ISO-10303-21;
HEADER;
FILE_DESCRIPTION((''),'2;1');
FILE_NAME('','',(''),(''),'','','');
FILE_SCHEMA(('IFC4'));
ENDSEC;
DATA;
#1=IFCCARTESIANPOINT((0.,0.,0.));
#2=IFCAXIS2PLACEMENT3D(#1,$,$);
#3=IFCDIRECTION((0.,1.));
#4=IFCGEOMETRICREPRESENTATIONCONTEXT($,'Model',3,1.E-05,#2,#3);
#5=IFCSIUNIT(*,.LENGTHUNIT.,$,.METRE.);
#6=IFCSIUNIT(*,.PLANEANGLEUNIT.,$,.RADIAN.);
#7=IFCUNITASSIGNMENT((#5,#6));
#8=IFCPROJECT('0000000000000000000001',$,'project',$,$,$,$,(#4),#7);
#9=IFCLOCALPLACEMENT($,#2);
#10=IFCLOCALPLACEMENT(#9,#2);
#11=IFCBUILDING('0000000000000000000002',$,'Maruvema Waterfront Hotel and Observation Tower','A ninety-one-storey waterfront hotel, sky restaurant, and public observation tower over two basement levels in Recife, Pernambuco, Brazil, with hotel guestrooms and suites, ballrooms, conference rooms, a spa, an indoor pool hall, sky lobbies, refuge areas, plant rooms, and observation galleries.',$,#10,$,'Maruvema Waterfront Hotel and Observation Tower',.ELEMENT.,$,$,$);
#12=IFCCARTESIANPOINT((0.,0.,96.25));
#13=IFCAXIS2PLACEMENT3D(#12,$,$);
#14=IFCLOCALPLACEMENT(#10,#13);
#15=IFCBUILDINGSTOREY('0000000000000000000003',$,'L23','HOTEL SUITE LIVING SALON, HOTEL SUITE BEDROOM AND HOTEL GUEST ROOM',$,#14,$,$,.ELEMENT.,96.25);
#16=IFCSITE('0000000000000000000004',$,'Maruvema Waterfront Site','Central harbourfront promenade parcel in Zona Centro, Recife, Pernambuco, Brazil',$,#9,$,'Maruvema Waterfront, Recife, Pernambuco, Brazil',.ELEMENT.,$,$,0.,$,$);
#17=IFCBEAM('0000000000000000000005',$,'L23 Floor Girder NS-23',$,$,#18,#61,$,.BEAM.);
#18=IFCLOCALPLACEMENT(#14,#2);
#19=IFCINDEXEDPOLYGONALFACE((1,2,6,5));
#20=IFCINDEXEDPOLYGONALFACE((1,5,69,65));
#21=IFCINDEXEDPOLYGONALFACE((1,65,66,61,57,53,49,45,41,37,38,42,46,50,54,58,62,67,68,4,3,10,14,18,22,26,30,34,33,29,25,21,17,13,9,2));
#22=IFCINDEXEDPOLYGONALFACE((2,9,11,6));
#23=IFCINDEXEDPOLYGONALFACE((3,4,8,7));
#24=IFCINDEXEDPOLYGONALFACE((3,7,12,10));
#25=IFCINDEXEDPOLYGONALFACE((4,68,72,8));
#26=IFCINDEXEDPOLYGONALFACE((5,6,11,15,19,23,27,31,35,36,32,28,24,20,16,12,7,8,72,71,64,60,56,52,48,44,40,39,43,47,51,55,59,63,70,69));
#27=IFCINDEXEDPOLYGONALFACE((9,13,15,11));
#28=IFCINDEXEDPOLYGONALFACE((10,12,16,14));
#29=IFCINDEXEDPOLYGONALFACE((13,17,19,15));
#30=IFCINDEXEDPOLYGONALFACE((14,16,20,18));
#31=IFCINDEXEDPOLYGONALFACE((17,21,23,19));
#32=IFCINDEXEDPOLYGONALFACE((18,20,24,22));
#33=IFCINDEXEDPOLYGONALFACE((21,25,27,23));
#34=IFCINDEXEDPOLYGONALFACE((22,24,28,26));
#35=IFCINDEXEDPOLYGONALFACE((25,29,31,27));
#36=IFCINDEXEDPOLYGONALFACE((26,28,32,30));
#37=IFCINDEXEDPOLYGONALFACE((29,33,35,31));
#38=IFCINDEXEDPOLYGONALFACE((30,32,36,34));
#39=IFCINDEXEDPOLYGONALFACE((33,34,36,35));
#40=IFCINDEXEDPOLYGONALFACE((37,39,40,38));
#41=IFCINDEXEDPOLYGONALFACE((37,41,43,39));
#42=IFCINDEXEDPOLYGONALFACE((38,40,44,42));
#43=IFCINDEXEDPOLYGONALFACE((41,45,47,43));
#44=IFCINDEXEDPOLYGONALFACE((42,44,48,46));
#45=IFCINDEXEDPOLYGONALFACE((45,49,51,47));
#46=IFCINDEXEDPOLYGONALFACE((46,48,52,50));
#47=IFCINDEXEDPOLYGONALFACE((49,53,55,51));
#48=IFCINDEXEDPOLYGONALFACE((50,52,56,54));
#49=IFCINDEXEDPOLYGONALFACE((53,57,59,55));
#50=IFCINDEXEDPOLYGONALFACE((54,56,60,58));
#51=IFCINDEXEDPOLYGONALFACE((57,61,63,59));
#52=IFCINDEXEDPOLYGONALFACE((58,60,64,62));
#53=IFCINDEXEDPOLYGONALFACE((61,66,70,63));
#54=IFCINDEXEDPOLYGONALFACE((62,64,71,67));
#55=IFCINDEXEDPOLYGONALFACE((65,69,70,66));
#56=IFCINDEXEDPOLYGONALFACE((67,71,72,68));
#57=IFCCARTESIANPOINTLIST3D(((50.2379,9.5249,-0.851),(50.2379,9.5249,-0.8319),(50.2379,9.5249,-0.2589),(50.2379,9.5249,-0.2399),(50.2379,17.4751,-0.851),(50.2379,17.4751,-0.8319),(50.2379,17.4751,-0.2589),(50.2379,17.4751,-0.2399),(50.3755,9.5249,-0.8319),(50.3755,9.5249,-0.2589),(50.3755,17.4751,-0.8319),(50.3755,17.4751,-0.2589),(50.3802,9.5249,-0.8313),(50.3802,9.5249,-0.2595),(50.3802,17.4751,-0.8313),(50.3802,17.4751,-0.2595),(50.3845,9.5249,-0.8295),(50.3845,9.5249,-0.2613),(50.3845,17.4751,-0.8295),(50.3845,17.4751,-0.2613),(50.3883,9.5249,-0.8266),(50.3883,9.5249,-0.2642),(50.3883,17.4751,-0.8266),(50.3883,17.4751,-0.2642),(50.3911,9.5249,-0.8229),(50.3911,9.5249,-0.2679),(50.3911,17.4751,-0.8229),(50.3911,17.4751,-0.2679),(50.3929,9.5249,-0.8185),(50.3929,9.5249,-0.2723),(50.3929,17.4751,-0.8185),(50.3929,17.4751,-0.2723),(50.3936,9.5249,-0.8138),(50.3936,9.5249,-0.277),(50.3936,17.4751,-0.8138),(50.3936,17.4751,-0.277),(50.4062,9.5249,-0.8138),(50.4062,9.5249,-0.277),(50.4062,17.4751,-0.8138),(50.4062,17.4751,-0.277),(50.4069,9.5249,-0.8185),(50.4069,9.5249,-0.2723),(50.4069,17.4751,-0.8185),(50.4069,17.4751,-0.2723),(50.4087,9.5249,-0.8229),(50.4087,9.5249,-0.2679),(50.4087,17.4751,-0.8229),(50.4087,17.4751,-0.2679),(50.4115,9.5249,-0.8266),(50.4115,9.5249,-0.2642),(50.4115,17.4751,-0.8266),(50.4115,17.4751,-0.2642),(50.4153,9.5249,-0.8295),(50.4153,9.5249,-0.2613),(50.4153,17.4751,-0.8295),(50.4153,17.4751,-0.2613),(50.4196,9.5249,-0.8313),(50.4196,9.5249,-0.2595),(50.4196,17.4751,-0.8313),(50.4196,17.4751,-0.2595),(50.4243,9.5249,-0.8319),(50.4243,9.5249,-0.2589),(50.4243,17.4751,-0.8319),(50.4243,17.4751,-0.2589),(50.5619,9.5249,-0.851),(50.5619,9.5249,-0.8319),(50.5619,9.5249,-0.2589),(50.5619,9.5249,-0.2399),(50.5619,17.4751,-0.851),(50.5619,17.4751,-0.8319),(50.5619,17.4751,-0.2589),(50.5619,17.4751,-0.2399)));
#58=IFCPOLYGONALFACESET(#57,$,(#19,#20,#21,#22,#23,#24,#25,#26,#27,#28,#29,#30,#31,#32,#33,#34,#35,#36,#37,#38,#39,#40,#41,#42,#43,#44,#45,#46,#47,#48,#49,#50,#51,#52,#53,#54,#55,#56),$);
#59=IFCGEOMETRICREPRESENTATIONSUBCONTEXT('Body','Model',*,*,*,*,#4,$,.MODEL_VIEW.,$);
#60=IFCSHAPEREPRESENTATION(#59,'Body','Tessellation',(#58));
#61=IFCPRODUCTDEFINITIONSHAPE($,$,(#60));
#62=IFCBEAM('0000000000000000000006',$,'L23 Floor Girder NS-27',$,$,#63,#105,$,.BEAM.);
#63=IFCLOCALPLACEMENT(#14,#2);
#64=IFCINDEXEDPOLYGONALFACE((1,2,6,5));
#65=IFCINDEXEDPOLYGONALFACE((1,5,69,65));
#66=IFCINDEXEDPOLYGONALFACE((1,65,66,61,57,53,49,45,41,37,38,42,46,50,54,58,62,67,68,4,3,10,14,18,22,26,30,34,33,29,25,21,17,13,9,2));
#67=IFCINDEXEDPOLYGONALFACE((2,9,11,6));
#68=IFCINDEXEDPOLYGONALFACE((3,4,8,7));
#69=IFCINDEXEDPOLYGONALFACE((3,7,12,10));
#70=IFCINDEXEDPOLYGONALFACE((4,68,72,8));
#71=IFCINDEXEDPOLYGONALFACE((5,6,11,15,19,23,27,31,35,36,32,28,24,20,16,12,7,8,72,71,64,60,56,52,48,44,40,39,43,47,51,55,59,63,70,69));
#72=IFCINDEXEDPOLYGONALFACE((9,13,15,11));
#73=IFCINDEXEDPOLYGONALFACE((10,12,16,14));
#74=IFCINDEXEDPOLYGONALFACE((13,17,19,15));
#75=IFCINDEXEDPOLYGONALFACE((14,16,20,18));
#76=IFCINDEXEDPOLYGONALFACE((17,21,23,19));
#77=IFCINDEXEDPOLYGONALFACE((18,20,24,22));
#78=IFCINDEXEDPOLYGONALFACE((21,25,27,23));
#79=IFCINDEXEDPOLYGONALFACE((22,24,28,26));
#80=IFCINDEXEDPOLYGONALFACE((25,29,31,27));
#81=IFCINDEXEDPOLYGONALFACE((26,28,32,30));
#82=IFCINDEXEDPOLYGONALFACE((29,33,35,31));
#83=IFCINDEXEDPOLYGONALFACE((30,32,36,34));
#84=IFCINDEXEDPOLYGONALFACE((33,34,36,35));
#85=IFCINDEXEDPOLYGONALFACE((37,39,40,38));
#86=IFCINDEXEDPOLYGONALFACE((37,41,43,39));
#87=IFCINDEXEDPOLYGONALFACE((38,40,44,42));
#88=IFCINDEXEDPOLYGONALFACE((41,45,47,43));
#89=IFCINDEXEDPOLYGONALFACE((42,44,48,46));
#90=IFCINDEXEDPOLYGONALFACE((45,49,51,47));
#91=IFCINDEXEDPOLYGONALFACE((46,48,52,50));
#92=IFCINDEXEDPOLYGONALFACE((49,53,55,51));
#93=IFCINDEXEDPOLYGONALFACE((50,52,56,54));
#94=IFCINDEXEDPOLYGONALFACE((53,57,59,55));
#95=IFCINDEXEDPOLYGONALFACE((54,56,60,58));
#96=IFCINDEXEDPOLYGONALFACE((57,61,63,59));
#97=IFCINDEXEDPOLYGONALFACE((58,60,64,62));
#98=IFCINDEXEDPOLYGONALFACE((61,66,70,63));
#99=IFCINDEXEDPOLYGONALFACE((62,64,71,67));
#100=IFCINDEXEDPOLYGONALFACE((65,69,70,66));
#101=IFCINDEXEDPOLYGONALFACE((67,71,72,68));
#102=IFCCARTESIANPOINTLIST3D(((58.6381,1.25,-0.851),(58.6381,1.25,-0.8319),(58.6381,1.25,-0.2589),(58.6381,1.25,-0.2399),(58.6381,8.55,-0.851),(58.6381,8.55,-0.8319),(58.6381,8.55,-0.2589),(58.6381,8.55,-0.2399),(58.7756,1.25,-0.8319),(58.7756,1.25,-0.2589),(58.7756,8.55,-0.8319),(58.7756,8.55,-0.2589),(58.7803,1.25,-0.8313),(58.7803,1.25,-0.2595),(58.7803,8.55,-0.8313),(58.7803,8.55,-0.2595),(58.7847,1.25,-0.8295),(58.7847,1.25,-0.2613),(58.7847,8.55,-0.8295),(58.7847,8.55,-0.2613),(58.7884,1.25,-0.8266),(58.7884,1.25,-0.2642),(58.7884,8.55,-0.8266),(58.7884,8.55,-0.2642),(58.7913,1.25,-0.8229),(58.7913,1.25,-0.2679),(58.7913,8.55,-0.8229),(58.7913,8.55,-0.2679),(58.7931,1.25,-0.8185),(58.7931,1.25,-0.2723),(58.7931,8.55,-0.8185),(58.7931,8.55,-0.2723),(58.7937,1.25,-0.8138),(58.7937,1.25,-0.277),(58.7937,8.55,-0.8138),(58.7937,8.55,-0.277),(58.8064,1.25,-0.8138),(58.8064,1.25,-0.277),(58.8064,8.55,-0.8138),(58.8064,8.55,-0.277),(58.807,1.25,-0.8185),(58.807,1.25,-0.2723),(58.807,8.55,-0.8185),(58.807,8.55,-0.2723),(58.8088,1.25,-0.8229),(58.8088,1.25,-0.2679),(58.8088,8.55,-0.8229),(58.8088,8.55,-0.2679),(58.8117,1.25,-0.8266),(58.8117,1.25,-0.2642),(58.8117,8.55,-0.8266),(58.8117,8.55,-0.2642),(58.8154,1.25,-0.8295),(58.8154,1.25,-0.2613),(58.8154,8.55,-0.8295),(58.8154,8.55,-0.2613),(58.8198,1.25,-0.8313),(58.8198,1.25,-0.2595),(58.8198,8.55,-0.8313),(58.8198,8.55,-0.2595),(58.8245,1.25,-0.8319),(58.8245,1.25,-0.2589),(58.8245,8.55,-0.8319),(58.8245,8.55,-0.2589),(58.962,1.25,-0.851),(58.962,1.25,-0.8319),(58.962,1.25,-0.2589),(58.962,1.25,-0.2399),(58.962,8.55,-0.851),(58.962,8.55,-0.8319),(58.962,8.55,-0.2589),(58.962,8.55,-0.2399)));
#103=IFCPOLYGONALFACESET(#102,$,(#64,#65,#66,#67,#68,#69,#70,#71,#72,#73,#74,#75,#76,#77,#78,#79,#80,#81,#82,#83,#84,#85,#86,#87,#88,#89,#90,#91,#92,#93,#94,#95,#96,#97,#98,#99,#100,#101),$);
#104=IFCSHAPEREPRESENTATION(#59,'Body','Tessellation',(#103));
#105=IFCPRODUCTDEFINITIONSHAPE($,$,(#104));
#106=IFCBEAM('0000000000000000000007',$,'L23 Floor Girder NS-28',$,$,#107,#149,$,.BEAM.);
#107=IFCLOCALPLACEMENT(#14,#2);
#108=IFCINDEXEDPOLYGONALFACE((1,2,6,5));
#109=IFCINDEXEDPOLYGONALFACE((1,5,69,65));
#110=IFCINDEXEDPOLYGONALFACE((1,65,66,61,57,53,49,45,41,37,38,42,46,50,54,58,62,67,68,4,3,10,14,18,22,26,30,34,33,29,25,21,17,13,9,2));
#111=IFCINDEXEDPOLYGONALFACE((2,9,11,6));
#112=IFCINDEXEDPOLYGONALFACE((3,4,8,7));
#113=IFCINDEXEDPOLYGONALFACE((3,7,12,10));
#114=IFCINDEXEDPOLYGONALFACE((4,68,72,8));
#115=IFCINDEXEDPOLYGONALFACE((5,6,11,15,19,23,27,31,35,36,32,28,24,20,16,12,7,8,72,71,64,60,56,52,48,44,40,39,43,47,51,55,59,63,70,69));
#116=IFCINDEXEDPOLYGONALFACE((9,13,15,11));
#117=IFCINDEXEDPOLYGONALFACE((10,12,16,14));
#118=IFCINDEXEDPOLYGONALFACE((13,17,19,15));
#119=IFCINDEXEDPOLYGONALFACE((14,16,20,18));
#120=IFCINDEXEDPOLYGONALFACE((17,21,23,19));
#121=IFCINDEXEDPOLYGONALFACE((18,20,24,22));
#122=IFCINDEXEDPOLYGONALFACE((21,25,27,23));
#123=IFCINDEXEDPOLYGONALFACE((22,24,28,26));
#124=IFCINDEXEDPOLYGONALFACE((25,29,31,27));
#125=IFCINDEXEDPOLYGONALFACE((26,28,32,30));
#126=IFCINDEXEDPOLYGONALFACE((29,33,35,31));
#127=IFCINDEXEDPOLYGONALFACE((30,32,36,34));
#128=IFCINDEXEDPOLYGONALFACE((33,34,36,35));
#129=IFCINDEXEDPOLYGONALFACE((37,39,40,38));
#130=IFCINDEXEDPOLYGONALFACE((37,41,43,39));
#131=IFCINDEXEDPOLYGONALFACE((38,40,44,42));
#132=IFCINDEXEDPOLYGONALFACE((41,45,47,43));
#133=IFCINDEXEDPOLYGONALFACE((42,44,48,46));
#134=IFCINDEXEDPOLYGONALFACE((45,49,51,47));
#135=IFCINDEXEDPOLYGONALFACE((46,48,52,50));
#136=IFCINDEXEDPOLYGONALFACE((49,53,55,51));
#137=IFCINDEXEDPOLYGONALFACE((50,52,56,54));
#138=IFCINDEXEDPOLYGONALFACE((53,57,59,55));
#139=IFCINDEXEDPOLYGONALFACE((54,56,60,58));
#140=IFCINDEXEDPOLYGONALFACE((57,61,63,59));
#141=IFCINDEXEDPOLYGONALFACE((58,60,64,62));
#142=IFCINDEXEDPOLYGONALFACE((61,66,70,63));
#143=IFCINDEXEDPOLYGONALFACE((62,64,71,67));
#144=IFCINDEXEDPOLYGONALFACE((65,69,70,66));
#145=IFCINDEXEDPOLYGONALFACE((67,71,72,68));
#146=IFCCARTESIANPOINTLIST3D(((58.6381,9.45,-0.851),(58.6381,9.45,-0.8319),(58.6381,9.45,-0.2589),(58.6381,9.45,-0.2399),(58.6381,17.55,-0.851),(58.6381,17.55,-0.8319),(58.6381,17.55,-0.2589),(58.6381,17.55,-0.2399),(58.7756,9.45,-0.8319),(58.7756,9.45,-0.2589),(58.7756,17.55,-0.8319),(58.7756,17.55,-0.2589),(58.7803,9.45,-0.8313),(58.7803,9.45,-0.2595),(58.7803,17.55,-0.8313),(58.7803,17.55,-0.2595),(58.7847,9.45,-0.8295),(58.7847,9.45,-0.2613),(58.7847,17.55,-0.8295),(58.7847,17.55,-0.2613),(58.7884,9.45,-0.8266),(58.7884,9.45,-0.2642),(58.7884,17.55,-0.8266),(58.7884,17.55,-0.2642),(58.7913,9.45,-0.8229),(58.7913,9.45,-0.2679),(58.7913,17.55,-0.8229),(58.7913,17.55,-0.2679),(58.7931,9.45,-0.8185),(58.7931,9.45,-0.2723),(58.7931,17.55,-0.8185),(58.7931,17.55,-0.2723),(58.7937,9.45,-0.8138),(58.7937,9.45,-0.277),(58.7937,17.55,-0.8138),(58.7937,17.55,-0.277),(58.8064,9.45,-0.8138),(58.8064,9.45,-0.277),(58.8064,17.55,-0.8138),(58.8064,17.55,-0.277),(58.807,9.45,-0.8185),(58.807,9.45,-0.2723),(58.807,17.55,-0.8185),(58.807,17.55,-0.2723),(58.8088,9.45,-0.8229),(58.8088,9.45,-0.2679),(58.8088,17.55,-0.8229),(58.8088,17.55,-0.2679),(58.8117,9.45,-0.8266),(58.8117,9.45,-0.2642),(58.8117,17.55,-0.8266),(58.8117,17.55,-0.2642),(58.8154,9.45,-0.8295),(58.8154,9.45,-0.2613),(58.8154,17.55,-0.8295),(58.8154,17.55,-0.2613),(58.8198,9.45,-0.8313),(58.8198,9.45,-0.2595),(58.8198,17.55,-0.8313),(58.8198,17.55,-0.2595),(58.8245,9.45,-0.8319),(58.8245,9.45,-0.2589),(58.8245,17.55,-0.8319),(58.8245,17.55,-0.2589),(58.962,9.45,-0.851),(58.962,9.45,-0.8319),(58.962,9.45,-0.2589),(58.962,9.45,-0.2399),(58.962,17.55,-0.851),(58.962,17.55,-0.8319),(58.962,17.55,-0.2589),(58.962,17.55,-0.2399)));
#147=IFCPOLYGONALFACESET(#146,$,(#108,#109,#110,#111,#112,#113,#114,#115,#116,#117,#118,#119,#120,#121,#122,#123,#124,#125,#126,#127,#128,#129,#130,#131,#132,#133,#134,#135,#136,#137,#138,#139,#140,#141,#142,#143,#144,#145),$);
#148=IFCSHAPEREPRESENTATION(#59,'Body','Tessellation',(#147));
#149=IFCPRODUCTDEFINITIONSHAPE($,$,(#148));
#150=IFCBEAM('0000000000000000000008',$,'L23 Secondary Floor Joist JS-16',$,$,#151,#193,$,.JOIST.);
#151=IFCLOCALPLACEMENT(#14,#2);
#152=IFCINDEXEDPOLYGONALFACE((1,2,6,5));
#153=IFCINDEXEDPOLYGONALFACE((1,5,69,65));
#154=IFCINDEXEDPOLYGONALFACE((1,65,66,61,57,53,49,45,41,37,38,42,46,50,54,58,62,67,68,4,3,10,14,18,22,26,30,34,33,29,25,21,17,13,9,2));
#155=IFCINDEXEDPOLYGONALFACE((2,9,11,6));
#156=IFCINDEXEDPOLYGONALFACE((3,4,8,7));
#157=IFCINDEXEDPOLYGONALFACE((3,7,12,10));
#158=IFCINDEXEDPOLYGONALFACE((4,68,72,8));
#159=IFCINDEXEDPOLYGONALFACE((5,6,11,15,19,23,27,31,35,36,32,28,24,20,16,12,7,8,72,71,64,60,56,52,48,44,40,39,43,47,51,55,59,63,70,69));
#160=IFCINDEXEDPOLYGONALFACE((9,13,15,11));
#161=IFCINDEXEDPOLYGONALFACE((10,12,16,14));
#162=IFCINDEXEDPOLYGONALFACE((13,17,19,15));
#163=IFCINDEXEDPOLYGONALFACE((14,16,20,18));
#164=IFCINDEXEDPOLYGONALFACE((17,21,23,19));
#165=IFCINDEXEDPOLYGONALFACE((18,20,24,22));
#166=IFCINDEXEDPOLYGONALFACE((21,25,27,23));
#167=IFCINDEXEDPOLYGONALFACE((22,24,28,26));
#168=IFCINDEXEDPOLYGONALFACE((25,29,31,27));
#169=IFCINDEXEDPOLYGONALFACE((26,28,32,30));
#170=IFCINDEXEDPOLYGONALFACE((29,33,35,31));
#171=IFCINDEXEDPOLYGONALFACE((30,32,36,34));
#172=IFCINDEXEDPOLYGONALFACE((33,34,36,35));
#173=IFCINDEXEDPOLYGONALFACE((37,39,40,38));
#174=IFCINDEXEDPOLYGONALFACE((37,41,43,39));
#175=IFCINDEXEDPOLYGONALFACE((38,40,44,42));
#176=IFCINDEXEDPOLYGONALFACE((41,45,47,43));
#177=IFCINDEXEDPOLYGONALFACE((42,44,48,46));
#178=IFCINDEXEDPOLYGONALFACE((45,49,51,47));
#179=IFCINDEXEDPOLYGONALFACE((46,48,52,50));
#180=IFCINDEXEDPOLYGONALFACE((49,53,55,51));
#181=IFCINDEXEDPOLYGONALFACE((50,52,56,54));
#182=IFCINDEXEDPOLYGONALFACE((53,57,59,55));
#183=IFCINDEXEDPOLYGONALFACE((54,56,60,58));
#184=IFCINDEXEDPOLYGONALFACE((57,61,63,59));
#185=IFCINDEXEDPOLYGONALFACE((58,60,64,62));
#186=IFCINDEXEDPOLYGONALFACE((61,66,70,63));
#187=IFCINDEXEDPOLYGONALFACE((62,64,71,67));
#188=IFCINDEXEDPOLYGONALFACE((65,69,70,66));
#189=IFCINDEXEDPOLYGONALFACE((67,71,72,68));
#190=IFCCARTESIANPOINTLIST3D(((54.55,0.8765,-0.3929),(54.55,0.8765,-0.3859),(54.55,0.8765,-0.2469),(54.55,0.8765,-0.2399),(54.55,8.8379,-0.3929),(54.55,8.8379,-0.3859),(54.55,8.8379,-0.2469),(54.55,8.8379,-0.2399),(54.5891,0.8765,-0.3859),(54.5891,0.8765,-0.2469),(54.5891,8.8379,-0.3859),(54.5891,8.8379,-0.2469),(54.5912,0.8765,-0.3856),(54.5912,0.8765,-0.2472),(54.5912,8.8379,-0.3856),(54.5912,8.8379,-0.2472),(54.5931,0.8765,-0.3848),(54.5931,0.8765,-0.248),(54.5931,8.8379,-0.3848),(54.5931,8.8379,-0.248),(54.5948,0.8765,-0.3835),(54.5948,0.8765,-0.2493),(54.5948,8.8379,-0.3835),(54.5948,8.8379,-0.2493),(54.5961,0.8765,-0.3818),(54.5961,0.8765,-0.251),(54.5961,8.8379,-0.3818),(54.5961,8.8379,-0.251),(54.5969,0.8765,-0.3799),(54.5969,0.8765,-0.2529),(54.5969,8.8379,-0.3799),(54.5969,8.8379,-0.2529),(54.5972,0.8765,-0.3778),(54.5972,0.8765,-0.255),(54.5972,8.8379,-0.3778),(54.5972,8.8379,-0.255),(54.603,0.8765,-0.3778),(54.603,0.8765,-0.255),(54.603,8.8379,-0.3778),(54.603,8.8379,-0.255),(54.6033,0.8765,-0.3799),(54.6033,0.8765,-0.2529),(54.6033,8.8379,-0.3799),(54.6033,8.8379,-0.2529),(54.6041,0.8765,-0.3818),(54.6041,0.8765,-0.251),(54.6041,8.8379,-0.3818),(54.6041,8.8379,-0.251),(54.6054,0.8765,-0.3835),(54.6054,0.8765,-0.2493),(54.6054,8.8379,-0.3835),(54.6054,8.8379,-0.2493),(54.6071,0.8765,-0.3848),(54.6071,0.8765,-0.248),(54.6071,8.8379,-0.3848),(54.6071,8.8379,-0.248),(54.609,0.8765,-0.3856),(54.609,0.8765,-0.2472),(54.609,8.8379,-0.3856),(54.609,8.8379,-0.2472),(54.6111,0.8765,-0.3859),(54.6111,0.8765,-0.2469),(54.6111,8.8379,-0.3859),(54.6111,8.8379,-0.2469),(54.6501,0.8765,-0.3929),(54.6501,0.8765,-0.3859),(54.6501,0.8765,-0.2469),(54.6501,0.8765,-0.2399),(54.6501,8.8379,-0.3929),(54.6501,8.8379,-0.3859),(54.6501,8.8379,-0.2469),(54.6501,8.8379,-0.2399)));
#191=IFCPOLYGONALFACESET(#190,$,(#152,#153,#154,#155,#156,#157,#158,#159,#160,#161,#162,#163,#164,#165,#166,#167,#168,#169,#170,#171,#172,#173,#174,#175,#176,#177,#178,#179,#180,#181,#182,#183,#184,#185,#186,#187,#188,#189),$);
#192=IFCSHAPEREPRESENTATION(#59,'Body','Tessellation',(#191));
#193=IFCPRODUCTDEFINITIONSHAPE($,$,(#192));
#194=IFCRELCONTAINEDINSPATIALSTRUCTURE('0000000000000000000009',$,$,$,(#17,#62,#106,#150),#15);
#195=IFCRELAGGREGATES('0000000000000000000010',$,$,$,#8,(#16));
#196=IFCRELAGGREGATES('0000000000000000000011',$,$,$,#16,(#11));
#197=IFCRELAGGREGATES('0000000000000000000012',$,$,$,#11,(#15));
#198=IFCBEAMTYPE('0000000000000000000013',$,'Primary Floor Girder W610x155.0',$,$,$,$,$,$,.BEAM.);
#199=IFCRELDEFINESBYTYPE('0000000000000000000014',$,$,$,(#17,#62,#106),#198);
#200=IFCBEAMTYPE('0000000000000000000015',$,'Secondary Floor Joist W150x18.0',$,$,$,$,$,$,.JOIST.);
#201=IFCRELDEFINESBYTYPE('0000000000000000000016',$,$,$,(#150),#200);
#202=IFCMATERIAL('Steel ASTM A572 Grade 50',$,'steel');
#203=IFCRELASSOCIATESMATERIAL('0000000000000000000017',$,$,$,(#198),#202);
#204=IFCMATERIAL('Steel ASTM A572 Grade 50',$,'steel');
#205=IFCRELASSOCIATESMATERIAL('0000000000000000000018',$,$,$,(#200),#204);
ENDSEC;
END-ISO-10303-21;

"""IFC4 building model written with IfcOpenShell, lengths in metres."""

from ifc_helpers import new_model, si_unit, direction, frame, origin, origin_2d, place, context, subcontext, project, spatial, i_section, extrude, material, material_profile, profile_set, type_object, element, save


model = new_model("IFC4")

# Units and contexts
model_context = context("Model", 3, precision=1e-05, world=origin(), true_north=direction((0.0, 1.0)))
body_context = subcontext(model_context, "Body", "Model", "MODEL_VIEW")
ifc_project = project(units=[si_unit("LENGTHUNIT", "METRE"), si_unit("PLANEANGLEUNIT", "RADIAN")], contexts=[model_context])

# Site, building, storey
site_placement = place(None, origin())
site = spatial("IfcSite", under=ifc_project, at=site_placement, Name="Maruvema Waterfront Site", Description="Central harbourfront promenade parcel in Zona Centro, Recife, Pernambuco, Brazil", LongName="Maruvema Waterfront, Recife, Pernambuco, Brazil", CompositionType="ELEMENT", RefElevation=0.0)
building_placement = place(site_placement, origin())
building = spatial("IfcBuilding", under=site, at=building_placement, Name="Maruvema Waterfront Hotel and Observation Tower", Description="A ninety-one-storey waterfront hotel, sky restaurant, and public observation tower over two basement levels in Recife, Pernambuco, Brazil, with hotel guestrooms and suites, ballrooms, conference rooms, a spa, an indoor pool hall, sky lobbies, refuge areas, plant rooms, and observation galleries.", LongName="Maruvema Waterfront Hotel and Observation Tower", CompositionType="ELEMENT")
storey_placement = place(building_placement, frame((0.0, 0.0, 96.25)))
storey = spatial("IfcBuildingStorey", under=building, at=storey_placement, Name="L23", Description="HOTEL SUITE LIVING SALON, HOTEL SUITE BEDROOM AND HOTEL GUEST ROOM", CompositionType="ELEMENT", Elevation=96.25)

# Beams
ifc_material_1 = material(Name="Steel ASTM A572 Grade 50", Category="steel")
ifc_material_profile_1 = material_profile(ifc_material_1, i_section(OverallWidth=0.324, OverallDepth=0.6111, WebThickness=0.0127, FlangeThickness=0.019, FilletRadius=0.0181, at=origin_2d()), Name="W610x155.0")
ifc_profile_set_1 = profile_set([ifc_material_profile_1], Name="Steel ASTM A572 Grade 50")
beam_type_1 = type_object("IfcBeamType", Name="Primary Floor Girder W610x155.0", PredefinedType="BEAM", material=ifc_profile_set_1)
beam_1_placement = place(storey_placement, frame((50.3999, 9.5249, -0.5454), z_axis=(0.0, 1.0, 0.0), x_axis=(-1.0, 0.0, 0.0)))
element("IfcBeam", 1, at=beam_1_placement, inside=storey, type_object=beam_type_1, Name="L23 Floor Girder NS-23", PredefinedType="BEAM", context=body_context, shape_type="SweptSolid", body=[
    extrude(i_section(OverallWidth=0.324, OverallDepth=0.6111, WebThickness=0.0127, FlangeThickness=0.019, FilletRadius=0.0181, at=origin_2d()), origin(), (0.0, 0.0, 1.0), 7.9502),
])
beam_2_placement = place(storey_placement, frame((58.8, 1.25, -0.5454), z_axis=(0.0, 1.0, 0.0), x_axis=(-1.0, 0.0, 0.0)))
element("IfcBeam", 2, at=beam_2_placement, inside=storey, type_object=beam_type_1, Name="L23 Floor Girder NS-27", PredefinedType="BEAM", context=body_context, shape_type="SweptSolid", body=[
    extrude(i_section(OverallWidth=0.324, OverallDepth=0.6111, WebThickness=0.0127, FlangeThickness=0.019, FilletRadius=0.0181, at=origin_2d()), origin(), (0.0, 0.0, 1.0), 7.3),
])
beam_3_placement = place(storey_placement, frame((58.8, 9.45, -0.5454), z_axis=(0.0, 1.0, 0.0), x_axis=(-1.0, 0.0, 0.0)))
element("IfcBeam", 3, at=beam_3_placement, inside=storey, type_object=beam_type_1, Name="L23 Floor Girder NS-28", PredefinedType="BEAM", context=body_context, shape_type="SweptSolid", body=[
    extrude(i_section(OverallWidth=0.324, OverallDepth=0.6111, WebThickness=0.0127, FlangeThickness=0.019, FilletRadius=0.0181, at=origin_2d()), origin(), (0.0, 0.0, 1.0), 8.1001),
])
ifc_material_2 = material(Name="Steel ASTM A572 Grade 50", Category="steel")
ifc_material_profile_2 = material_profile(ifc_material_2, i_section(OverallWidth=0.1001, OverallDepth=0.1531, WebThickness=0.0059, FlangeThickness=0.0071, FilletRadius=0.0081, at=origin_2d()), Name="W150x18.0")
ifc_profile_set_2 = profile_set([ifc_material_profile_2], Name="Steel ASTM A572 Grade 50")
beam_type_2 = type_object("IfcBeamType", Name="Secondary Floor Joist W150x18.0", PredefinedType="JOIST", material=ifc_profile_set_2)
beam_4_placement = place(storey_placement, frame((54.6001, 0.8765, -0.3164), z_axis=(0.0, 1.0, 0.0), x_axis=(-1.0, 0.0, 0.0)))
element("IfcBeam", 4, at=beam_4_placement, inside=storey, type_object=beam_type_2, Name="L23 Secondary Floor Joist JS-16", PredefinedType="JOIST", context=body_context, shape_type="SweptSolid", body=[
    extrude(i_section(OverallWidth=0.1001, OverallDepth=0.1531, WebThickness=0.0059, FlangeThickness=0.0071, FilletRadius=0.0081, at=origin_2d()), origin(), (0.0, 0.0, 1.0), 7.9614),
])

save(model, "model.ifc")
